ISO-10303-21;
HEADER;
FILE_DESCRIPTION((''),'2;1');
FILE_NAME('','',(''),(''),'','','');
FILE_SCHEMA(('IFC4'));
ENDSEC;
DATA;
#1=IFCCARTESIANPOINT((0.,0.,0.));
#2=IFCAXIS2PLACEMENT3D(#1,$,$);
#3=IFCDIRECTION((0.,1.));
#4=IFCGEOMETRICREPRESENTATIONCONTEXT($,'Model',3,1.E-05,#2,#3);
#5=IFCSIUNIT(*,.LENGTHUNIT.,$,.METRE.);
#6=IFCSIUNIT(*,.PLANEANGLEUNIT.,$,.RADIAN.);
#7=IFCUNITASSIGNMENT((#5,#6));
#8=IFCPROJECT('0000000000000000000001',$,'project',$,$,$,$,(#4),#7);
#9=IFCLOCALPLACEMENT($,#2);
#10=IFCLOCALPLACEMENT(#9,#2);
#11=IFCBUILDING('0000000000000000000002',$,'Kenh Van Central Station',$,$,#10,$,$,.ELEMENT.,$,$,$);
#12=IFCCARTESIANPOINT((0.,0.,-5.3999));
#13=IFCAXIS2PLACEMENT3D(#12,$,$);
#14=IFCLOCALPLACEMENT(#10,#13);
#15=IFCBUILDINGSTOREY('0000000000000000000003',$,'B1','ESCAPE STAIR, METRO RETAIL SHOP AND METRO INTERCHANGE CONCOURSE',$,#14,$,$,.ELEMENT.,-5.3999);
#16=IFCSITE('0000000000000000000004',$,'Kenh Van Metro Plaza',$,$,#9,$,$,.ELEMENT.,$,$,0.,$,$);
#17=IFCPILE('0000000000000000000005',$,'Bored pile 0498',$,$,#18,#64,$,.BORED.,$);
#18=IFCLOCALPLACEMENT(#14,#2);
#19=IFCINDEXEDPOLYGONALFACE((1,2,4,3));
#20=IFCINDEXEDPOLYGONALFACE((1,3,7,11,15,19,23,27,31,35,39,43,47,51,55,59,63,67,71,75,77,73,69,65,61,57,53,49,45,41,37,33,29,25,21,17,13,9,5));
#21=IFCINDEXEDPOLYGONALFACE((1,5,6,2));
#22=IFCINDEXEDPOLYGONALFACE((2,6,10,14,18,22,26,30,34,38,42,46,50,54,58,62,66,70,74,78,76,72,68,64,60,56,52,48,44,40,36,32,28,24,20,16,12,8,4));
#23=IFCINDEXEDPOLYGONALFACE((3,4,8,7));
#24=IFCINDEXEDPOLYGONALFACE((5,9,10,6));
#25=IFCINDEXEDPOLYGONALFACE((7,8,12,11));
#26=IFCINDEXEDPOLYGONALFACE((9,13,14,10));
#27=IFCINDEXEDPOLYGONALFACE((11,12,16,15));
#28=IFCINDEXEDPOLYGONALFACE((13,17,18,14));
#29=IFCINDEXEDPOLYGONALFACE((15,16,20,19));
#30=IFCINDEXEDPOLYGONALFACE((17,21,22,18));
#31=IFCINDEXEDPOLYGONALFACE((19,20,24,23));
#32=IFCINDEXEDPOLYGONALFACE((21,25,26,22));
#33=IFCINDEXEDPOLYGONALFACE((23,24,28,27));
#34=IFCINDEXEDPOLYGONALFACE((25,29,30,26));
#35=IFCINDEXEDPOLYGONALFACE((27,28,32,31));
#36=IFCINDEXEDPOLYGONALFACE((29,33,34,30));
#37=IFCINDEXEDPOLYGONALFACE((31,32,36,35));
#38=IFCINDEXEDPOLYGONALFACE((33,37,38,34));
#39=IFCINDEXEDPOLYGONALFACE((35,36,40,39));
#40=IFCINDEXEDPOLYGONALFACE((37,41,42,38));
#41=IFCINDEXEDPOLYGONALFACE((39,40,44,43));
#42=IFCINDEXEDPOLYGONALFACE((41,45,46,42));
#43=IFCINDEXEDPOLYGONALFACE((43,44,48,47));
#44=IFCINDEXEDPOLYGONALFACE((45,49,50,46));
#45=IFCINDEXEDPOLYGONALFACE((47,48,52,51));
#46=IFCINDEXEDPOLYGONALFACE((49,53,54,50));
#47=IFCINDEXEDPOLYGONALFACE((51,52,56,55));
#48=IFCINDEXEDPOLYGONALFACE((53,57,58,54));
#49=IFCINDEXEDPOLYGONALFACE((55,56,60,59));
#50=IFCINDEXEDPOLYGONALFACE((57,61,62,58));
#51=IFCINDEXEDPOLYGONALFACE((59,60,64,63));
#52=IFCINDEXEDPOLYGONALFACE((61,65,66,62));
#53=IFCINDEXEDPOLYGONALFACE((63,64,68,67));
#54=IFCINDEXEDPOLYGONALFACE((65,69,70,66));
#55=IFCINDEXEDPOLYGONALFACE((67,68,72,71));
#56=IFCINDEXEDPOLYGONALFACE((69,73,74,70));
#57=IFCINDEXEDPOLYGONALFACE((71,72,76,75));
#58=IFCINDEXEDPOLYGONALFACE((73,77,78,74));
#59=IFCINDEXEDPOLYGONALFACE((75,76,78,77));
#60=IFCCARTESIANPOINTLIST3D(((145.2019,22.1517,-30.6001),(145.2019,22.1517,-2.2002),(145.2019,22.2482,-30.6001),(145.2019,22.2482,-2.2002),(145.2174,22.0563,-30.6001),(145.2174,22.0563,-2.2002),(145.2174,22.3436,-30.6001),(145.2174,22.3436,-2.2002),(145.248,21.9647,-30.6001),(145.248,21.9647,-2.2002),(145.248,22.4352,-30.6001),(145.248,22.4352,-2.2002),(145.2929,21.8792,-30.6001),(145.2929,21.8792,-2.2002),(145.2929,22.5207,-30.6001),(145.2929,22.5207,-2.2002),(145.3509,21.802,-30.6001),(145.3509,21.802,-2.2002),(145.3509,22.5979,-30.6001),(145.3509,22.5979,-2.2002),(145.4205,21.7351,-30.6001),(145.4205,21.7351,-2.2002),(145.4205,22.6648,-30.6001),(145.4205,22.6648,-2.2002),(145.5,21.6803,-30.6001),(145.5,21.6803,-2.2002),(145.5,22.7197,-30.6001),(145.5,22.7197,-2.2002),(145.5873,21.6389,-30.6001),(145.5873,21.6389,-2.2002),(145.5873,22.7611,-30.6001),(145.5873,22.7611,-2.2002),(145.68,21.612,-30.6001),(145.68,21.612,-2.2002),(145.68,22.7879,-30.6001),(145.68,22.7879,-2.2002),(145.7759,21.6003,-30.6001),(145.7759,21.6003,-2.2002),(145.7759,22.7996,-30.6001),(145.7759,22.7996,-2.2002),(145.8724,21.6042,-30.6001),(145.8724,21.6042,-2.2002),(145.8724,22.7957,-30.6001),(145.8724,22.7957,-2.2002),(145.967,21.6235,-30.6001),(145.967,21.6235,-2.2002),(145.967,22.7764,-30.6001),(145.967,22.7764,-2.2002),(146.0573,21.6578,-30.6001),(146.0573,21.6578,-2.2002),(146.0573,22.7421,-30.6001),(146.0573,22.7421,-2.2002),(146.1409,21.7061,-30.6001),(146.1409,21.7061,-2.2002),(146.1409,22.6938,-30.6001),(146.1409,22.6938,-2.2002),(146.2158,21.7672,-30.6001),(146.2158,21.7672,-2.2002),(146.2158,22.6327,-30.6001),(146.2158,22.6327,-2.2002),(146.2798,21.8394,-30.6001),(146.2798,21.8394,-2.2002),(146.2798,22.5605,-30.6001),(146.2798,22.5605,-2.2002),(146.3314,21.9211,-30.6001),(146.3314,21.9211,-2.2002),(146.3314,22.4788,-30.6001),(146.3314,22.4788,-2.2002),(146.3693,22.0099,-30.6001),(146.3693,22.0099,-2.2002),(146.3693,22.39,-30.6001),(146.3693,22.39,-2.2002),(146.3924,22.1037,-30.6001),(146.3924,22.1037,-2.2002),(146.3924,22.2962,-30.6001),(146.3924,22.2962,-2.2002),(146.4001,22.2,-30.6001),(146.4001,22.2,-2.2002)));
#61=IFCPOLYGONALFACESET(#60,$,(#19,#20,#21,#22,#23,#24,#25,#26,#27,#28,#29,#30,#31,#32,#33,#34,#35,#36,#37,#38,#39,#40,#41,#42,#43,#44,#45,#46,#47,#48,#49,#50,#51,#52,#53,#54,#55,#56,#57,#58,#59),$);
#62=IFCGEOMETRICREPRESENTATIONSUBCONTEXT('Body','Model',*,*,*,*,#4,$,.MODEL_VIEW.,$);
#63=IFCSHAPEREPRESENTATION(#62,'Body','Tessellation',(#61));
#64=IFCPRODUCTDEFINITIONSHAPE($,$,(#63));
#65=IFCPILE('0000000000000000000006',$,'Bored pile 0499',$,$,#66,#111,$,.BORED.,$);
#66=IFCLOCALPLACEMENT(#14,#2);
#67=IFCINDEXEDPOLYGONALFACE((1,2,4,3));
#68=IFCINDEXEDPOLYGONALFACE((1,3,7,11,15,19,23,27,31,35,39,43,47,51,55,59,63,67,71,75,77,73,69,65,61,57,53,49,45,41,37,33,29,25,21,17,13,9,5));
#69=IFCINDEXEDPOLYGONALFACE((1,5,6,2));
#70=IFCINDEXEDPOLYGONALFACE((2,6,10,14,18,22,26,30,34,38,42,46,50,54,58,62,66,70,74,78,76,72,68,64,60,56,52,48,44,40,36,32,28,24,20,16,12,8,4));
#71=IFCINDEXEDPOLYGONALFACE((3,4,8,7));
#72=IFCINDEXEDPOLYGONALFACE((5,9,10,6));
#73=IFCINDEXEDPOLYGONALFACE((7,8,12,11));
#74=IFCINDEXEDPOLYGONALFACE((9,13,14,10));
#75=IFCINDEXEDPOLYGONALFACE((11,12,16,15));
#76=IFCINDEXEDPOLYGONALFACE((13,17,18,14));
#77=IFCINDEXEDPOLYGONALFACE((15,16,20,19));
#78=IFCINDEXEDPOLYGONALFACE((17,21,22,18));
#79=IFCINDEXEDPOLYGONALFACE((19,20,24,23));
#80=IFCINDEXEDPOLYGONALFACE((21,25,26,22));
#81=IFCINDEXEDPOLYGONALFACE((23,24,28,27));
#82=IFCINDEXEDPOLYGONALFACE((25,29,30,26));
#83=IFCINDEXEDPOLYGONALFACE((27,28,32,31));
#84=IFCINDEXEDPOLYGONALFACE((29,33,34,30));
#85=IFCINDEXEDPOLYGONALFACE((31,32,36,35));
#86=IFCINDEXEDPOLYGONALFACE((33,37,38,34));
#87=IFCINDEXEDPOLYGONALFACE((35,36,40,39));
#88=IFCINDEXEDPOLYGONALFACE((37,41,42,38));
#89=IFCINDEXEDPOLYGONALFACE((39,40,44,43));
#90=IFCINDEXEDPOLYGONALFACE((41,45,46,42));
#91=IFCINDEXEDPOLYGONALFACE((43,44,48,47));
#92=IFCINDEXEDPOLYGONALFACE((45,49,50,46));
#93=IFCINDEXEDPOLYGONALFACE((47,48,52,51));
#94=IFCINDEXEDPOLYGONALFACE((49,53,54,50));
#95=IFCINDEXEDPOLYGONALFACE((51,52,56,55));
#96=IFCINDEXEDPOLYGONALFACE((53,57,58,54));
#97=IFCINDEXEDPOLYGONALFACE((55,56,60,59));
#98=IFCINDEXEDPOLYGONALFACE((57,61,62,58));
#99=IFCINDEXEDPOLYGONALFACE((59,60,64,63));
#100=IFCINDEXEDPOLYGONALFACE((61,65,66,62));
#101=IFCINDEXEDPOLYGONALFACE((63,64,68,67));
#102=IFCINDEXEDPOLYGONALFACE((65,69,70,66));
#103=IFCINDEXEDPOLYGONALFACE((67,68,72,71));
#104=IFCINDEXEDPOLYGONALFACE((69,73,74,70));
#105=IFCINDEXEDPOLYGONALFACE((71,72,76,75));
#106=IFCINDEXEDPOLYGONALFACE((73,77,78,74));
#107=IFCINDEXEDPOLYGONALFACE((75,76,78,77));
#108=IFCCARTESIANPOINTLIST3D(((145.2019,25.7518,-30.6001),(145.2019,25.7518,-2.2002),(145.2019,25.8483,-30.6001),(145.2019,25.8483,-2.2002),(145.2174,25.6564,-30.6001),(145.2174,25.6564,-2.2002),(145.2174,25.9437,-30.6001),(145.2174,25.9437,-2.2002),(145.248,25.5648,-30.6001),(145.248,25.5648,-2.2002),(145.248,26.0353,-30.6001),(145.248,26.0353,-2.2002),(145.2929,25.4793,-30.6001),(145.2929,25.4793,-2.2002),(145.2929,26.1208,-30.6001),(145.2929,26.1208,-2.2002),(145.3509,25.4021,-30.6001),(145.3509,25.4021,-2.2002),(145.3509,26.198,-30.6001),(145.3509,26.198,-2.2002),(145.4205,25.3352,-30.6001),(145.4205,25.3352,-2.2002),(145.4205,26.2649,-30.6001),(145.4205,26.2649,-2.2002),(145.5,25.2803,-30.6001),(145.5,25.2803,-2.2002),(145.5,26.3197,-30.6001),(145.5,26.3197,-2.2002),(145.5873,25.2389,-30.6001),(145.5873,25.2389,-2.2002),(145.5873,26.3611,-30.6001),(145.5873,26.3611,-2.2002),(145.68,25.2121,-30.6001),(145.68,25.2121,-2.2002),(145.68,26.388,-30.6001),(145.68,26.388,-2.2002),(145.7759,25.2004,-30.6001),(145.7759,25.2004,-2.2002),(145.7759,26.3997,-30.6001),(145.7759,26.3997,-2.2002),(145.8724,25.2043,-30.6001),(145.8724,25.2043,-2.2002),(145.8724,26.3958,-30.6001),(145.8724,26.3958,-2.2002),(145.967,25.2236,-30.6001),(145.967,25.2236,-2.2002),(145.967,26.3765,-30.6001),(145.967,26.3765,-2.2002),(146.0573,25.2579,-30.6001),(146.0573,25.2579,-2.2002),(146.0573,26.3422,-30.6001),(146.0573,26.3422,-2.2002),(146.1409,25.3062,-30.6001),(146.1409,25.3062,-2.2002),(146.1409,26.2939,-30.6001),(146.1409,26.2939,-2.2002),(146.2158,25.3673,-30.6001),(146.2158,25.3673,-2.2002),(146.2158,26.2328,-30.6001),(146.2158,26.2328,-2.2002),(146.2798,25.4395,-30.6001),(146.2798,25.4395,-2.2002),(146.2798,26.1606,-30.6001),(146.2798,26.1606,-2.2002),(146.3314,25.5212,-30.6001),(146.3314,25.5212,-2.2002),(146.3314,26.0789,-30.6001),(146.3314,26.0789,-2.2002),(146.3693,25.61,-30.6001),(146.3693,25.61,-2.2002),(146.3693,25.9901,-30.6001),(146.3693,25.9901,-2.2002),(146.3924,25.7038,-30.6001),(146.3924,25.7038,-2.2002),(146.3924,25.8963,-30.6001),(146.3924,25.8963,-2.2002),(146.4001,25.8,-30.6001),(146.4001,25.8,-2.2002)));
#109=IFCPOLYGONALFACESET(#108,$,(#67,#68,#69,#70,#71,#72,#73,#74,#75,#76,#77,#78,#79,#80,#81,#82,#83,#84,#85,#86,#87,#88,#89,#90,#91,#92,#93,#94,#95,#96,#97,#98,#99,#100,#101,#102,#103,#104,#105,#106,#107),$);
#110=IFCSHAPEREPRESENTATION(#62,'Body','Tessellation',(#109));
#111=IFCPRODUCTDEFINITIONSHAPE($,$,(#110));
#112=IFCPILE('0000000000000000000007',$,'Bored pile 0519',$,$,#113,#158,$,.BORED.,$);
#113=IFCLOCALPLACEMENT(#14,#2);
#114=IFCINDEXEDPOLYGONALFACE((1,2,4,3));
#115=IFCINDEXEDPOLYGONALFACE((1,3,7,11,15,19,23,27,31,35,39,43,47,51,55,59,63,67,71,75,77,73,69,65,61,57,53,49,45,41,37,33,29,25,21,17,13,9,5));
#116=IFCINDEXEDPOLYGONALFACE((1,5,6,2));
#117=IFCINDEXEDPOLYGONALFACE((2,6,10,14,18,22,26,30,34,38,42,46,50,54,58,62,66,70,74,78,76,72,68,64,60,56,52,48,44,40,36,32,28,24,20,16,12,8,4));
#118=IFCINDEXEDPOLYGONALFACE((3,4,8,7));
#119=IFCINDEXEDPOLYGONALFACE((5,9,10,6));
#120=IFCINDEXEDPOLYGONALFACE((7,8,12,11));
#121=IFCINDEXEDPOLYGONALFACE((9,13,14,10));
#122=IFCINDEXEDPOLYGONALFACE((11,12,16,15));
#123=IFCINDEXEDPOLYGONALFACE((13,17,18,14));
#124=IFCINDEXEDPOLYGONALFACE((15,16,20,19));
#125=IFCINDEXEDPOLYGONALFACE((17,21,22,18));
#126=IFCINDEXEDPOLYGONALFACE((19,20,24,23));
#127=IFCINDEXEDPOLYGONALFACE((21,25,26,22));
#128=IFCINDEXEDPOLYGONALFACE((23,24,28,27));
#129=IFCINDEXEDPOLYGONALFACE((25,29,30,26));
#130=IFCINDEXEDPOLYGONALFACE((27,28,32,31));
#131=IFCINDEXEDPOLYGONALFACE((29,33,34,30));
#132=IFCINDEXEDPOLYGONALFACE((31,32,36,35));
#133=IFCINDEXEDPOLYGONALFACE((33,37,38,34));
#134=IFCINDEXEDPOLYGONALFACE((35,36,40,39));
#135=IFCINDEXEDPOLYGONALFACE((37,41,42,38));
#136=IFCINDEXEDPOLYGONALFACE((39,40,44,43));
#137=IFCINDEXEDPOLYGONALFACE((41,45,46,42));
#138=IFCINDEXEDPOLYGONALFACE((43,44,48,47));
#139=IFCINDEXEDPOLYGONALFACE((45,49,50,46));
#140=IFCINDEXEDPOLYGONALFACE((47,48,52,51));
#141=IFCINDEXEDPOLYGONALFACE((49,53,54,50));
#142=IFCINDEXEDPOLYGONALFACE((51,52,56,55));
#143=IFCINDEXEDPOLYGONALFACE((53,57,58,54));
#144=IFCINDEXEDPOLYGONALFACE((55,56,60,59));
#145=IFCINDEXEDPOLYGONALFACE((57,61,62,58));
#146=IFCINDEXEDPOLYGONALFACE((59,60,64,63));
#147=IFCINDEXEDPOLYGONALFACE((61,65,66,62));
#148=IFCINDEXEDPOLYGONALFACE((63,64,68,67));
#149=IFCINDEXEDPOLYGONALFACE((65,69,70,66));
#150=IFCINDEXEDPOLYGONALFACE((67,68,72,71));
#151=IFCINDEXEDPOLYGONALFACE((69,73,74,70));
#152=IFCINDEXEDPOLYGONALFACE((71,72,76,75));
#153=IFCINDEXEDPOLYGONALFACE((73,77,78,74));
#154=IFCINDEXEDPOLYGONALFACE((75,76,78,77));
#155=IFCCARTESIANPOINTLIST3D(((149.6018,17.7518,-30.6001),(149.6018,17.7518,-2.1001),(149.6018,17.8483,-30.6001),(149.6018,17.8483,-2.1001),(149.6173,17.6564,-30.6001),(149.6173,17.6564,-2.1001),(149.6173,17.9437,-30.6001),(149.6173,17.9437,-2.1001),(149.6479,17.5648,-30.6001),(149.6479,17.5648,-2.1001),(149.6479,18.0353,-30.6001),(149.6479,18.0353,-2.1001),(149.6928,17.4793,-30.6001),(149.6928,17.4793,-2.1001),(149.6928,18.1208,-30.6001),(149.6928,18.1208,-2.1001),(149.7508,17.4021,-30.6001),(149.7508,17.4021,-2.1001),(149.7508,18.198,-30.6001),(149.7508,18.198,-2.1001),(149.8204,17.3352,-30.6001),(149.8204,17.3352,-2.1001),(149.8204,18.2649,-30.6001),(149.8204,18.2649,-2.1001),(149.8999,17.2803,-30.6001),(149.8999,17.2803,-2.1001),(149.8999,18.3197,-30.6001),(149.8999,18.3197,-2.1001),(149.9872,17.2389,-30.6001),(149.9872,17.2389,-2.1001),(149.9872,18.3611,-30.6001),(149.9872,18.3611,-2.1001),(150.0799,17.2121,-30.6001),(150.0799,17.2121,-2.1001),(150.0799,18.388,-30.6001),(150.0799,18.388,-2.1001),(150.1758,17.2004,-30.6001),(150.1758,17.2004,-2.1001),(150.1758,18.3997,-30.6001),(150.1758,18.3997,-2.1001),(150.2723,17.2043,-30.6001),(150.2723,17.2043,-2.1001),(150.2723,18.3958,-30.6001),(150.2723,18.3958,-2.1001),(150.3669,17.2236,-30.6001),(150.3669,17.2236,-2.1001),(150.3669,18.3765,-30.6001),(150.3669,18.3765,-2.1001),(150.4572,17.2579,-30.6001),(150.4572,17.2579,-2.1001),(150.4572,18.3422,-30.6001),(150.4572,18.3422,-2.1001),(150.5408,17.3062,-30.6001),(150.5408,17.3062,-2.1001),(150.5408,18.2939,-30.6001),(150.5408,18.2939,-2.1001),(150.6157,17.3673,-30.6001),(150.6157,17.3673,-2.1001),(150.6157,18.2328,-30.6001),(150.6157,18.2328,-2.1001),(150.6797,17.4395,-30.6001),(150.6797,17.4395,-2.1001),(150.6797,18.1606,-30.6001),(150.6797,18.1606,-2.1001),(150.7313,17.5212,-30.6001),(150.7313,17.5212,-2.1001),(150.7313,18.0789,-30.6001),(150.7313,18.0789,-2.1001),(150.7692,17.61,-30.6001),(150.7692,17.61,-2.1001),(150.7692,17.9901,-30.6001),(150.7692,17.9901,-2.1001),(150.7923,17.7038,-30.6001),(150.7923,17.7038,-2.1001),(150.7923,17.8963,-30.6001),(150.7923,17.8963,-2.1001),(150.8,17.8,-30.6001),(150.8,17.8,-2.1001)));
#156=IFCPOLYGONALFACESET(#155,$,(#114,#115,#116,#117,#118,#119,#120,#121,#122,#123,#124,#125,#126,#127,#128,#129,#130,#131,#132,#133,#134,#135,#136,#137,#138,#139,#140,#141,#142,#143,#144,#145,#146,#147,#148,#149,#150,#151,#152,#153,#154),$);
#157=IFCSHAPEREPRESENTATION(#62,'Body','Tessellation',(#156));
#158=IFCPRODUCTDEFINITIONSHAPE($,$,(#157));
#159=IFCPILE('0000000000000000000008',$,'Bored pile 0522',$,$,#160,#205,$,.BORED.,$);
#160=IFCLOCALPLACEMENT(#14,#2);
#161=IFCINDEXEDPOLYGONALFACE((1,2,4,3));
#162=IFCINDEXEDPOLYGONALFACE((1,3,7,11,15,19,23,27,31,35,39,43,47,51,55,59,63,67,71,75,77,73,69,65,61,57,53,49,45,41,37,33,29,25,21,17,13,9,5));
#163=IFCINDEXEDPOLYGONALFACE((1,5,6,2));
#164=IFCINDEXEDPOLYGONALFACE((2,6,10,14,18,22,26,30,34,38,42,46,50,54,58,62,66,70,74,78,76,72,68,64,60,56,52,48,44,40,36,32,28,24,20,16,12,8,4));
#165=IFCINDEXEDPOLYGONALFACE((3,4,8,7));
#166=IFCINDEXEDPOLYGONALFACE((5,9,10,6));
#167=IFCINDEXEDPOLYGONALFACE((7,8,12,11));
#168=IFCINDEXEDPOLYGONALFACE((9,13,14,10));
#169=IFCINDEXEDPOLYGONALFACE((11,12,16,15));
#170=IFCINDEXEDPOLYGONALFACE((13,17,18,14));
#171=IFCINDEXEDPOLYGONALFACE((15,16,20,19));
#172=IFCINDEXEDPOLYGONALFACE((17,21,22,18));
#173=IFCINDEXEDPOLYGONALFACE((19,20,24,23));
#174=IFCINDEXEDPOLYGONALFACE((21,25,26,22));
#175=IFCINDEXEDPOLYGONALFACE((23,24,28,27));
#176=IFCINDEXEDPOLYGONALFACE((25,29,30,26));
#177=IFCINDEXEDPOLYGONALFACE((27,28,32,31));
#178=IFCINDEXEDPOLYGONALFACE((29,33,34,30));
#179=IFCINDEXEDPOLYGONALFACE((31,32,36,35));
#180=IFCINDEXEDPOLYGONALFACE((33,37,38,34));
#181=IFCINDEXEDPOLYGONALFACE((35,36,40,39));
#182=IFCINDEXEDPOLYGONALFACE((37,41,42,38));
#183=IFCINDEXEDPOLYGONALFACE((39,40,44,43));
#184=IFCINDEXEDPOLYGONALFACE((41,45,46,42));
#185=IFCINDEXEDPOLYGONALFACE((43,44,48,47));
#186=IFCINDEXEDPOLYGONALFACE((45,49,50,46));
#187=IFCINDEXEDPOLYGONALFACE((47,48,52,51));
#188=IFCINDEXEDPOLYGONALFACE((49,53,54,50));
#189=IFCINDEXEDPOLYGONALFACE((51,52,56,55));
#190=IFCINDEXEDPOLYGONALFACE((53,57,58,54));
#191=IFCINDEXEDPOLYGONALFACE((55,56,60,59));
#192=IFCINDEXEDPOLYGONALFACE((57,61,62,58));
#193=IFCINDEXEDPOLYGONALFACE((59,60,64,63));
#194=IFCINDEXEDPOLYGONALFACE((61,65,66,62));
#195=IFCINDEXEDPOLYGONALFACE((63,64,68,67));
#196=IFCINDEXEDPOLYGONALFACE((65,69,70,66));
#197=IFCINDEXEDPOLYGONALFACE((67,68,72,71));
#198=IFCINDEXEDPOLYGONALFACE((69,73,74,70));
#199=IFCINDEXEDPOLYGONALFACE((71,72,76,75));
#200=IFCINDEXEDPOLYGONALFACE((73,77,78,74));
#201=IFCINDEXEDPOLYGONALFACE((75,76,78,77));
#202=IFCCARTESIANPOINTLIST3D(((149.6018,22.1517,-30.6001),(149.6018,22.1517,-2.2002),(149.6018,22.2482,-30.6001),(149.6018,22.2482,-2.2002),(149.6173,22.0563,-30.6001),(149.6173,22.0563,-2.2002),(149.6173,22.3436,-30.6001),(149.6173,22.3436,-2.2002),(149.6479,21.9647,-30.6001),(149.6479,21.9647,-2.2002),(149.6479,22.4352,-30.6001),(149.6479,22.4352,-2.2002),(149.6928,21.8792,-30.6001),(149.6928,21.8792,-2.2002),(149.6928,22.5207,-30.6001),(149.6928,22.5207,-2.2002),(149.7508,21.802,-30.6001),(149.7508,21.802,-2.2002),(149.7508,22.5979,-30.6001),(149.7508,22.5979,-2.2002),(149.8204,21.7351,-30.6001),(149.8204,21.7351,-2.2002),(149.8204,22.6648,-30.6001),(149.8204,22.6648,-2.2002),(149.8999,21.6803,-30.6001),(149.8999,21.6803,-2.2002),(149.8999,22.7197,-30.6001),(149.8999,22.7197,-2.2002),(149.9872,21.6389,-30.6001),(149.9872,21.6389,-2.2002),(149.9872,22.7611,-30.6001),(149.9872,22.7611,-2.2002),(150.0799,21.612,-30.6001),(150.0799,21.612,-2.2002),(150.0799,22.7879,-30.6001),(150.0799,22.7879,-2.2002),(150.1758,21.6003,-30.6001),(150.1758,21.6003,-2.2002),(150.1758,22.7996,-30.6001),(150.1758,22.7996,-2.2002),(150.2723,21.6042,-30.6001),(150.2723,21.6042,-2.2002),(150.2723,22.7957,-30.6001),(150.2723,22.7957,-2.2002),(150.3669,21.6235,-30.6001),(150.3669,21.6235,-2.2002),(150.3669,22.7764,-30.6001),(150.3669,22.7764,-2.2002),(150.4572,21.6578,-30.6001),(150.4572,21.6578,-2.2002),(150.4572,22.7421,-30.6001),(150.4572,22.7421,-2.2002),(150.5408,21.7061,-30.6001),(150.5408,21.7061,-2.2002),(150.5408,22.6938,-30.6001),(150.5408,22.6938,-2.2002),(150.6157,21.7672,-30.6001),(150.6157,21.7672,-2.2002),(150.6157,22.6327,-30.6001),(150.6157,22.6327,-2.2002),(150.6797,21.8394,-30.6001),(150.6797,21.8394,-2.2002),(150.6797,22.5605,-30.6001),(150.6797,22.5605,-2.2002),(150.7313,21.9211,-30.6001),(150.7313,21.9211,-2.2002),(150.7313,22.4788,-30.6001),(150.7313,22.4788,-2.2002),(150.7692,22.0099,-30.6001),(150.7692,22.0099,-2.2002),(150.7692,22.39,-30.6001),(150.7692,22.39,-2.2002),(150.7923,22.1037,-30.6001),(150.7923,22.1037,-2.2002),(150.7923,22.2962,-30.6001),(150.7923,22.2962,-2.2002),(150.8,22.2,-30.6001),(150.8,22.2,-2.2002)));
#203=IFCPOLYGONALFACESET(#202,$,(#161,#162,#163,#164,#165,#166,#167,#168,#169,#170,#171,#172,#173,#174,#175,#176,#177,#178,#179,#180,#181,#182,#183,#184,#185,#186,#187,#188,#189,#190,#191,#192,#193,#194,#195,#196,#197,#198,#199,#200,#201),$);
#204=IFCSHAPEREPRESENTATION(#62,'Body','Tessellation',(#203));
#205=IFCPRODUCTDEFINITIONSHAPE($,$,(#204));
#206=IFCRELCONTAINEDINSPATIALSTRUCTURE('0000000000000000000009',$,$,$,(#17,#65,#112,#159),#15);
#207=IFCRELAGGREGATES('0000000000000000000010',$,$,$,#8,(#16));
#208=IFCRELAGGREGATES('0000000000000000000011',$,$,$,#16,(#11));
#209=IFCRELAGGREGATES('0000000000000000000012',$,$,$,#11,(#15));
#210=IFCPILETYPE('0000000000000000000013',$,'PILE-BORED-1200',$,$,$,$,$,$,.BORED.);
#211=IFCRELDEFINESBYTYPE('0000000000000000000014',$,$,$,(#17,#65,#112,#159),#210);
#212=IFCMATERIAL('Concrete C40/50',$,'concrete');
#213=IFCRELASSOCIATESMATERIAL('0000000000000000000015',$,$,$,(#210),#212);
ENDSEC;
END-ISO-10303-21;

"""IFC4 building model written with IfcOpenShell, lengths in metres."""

from ifc_helpers import new_model, si_unit, direction, frame, origin, origin_2d, place, context, subcontext, project, spatial, circle, extrude, material, material_profile, profile_set, type_object, element, save


model = new_model("IFC4")

# Units and contexts
model_context = context("Model", 3, precision=1e-05, world=origin(), true_north=direction((0.0, 1.0)))
body_context = subcontext(model_context, "Body", "Model", "MODEL_VIEW")
ifc_project = project(units=[si_unit("LENGTHUNIT", "METRE"), si_unit("PLANEANGLEUNIT", "RADIAN")], contexts=[model_context])

# Site, building, storey
site_placement = place(None, origin())
site = spatial("IfcSite", under=ifc_project, at=site_placement, Name="Kenh Van Metro Plaza", CompositionType="ELEMENT", RefElevation=0.0)
building_placement = place(site_placement, origin())
building = spatial("IfcBuilding", under=site, at=building_placement, Name="Kenh Van Central Station", CompositionType="ELEMENT")
storey_placement = place(building_placement, frame((0.0, 0.0, -5.3999)))
storey = spatial("IfcBuildingStorey", under=building, at=storey_placement, Name="B1", Description="ESCAPE STAIR, METRO RETAIL SHOP AND METRO INTERCHANGE CONCOURSE", CompositionType="ELEMENT", Elevation=-5.3999)

# Shared definitions
ifc_material_1 = material(Name="Concrete C40/50", Category="concrete")

# Piles
ifc_material_profile_1 = material_profile(ifc_material_1, circle(Radius=0.6001, at=origin_2d()), Name="PILE D1200")
ifc_profile_set_1 = profile_set([ifc_material_profile_1], Name="Concrete C40/50")
pile_type = type_object("IfcPileType", Name="PILE-BORED-1200", PredefinedType="BORED", material=ifc_profile_set_1)
for number, where, z_axis, x_axis, name in (
    (1, (145.8, 22.2, -2.2002), (0.0, 0.0, -1.0), (1.0, 0.0, 0.0), "Bored pile 0498"),
    (2, (145.8, 25.8, -2.2002), (0.0, 0.0, -1.0), (1.0, 0.0, 0.0), "Bored pile 0499"),
):
    element("IfcPile", number, at=place(storey_placement, frame(where, z_axis=z_axis, x_axis=x_axis)), inside=storey, type_object=pile_type, Name=name, PredefinedType="BORED", context=body_context, shape_type="SweptSolid", body=[
        extrude(circle(Radius=0.6001, at=origin_2d()), origin(), (0.0, 0.0, 1.0), 28.3999),
    ])
pile_1_placement = place(storey_placement, frame((150.2, 17.8, -2.1001), z_axis=(0.0, 0.0, -1.0), x_axis=(1.0, 0.0, 0.0)))
element("IfcPile", 3, at=pile_1_placement, inside=storey, type_object=pile_type, Name="Bored pile 0519", PredefinedType="BORED", context=body_context, shape_type="SweptSolid", body=[
    extrude(circle(Radius=0.6001, at=origin_2d()), origin(), (0.0, 0.0, 1.0), 28.5),
])
for number, where, z_axis, x_axis, name in (
    (4, (150.2, 22.2, -2.2002), (0.0, 0.0, -1.0), (1.0, 0.0, 0.0), "Bored pile 0522"),
):
    element("IfcPile", number, at=place(storey_placement, frame(where, z_axis=z_axis, x_axis=x_axis)), inside=storey, type_object=pile_type, Name=name, PredefinedType="BORED", context=body_context, shape_type="SweptSolid", body=[
        extrude(circle(Radius=0.6001, at=origin_2d()), origin(), (0.0, 0.0, 1.0), 28.3999),
    ])

save(model, "model.ifc")
